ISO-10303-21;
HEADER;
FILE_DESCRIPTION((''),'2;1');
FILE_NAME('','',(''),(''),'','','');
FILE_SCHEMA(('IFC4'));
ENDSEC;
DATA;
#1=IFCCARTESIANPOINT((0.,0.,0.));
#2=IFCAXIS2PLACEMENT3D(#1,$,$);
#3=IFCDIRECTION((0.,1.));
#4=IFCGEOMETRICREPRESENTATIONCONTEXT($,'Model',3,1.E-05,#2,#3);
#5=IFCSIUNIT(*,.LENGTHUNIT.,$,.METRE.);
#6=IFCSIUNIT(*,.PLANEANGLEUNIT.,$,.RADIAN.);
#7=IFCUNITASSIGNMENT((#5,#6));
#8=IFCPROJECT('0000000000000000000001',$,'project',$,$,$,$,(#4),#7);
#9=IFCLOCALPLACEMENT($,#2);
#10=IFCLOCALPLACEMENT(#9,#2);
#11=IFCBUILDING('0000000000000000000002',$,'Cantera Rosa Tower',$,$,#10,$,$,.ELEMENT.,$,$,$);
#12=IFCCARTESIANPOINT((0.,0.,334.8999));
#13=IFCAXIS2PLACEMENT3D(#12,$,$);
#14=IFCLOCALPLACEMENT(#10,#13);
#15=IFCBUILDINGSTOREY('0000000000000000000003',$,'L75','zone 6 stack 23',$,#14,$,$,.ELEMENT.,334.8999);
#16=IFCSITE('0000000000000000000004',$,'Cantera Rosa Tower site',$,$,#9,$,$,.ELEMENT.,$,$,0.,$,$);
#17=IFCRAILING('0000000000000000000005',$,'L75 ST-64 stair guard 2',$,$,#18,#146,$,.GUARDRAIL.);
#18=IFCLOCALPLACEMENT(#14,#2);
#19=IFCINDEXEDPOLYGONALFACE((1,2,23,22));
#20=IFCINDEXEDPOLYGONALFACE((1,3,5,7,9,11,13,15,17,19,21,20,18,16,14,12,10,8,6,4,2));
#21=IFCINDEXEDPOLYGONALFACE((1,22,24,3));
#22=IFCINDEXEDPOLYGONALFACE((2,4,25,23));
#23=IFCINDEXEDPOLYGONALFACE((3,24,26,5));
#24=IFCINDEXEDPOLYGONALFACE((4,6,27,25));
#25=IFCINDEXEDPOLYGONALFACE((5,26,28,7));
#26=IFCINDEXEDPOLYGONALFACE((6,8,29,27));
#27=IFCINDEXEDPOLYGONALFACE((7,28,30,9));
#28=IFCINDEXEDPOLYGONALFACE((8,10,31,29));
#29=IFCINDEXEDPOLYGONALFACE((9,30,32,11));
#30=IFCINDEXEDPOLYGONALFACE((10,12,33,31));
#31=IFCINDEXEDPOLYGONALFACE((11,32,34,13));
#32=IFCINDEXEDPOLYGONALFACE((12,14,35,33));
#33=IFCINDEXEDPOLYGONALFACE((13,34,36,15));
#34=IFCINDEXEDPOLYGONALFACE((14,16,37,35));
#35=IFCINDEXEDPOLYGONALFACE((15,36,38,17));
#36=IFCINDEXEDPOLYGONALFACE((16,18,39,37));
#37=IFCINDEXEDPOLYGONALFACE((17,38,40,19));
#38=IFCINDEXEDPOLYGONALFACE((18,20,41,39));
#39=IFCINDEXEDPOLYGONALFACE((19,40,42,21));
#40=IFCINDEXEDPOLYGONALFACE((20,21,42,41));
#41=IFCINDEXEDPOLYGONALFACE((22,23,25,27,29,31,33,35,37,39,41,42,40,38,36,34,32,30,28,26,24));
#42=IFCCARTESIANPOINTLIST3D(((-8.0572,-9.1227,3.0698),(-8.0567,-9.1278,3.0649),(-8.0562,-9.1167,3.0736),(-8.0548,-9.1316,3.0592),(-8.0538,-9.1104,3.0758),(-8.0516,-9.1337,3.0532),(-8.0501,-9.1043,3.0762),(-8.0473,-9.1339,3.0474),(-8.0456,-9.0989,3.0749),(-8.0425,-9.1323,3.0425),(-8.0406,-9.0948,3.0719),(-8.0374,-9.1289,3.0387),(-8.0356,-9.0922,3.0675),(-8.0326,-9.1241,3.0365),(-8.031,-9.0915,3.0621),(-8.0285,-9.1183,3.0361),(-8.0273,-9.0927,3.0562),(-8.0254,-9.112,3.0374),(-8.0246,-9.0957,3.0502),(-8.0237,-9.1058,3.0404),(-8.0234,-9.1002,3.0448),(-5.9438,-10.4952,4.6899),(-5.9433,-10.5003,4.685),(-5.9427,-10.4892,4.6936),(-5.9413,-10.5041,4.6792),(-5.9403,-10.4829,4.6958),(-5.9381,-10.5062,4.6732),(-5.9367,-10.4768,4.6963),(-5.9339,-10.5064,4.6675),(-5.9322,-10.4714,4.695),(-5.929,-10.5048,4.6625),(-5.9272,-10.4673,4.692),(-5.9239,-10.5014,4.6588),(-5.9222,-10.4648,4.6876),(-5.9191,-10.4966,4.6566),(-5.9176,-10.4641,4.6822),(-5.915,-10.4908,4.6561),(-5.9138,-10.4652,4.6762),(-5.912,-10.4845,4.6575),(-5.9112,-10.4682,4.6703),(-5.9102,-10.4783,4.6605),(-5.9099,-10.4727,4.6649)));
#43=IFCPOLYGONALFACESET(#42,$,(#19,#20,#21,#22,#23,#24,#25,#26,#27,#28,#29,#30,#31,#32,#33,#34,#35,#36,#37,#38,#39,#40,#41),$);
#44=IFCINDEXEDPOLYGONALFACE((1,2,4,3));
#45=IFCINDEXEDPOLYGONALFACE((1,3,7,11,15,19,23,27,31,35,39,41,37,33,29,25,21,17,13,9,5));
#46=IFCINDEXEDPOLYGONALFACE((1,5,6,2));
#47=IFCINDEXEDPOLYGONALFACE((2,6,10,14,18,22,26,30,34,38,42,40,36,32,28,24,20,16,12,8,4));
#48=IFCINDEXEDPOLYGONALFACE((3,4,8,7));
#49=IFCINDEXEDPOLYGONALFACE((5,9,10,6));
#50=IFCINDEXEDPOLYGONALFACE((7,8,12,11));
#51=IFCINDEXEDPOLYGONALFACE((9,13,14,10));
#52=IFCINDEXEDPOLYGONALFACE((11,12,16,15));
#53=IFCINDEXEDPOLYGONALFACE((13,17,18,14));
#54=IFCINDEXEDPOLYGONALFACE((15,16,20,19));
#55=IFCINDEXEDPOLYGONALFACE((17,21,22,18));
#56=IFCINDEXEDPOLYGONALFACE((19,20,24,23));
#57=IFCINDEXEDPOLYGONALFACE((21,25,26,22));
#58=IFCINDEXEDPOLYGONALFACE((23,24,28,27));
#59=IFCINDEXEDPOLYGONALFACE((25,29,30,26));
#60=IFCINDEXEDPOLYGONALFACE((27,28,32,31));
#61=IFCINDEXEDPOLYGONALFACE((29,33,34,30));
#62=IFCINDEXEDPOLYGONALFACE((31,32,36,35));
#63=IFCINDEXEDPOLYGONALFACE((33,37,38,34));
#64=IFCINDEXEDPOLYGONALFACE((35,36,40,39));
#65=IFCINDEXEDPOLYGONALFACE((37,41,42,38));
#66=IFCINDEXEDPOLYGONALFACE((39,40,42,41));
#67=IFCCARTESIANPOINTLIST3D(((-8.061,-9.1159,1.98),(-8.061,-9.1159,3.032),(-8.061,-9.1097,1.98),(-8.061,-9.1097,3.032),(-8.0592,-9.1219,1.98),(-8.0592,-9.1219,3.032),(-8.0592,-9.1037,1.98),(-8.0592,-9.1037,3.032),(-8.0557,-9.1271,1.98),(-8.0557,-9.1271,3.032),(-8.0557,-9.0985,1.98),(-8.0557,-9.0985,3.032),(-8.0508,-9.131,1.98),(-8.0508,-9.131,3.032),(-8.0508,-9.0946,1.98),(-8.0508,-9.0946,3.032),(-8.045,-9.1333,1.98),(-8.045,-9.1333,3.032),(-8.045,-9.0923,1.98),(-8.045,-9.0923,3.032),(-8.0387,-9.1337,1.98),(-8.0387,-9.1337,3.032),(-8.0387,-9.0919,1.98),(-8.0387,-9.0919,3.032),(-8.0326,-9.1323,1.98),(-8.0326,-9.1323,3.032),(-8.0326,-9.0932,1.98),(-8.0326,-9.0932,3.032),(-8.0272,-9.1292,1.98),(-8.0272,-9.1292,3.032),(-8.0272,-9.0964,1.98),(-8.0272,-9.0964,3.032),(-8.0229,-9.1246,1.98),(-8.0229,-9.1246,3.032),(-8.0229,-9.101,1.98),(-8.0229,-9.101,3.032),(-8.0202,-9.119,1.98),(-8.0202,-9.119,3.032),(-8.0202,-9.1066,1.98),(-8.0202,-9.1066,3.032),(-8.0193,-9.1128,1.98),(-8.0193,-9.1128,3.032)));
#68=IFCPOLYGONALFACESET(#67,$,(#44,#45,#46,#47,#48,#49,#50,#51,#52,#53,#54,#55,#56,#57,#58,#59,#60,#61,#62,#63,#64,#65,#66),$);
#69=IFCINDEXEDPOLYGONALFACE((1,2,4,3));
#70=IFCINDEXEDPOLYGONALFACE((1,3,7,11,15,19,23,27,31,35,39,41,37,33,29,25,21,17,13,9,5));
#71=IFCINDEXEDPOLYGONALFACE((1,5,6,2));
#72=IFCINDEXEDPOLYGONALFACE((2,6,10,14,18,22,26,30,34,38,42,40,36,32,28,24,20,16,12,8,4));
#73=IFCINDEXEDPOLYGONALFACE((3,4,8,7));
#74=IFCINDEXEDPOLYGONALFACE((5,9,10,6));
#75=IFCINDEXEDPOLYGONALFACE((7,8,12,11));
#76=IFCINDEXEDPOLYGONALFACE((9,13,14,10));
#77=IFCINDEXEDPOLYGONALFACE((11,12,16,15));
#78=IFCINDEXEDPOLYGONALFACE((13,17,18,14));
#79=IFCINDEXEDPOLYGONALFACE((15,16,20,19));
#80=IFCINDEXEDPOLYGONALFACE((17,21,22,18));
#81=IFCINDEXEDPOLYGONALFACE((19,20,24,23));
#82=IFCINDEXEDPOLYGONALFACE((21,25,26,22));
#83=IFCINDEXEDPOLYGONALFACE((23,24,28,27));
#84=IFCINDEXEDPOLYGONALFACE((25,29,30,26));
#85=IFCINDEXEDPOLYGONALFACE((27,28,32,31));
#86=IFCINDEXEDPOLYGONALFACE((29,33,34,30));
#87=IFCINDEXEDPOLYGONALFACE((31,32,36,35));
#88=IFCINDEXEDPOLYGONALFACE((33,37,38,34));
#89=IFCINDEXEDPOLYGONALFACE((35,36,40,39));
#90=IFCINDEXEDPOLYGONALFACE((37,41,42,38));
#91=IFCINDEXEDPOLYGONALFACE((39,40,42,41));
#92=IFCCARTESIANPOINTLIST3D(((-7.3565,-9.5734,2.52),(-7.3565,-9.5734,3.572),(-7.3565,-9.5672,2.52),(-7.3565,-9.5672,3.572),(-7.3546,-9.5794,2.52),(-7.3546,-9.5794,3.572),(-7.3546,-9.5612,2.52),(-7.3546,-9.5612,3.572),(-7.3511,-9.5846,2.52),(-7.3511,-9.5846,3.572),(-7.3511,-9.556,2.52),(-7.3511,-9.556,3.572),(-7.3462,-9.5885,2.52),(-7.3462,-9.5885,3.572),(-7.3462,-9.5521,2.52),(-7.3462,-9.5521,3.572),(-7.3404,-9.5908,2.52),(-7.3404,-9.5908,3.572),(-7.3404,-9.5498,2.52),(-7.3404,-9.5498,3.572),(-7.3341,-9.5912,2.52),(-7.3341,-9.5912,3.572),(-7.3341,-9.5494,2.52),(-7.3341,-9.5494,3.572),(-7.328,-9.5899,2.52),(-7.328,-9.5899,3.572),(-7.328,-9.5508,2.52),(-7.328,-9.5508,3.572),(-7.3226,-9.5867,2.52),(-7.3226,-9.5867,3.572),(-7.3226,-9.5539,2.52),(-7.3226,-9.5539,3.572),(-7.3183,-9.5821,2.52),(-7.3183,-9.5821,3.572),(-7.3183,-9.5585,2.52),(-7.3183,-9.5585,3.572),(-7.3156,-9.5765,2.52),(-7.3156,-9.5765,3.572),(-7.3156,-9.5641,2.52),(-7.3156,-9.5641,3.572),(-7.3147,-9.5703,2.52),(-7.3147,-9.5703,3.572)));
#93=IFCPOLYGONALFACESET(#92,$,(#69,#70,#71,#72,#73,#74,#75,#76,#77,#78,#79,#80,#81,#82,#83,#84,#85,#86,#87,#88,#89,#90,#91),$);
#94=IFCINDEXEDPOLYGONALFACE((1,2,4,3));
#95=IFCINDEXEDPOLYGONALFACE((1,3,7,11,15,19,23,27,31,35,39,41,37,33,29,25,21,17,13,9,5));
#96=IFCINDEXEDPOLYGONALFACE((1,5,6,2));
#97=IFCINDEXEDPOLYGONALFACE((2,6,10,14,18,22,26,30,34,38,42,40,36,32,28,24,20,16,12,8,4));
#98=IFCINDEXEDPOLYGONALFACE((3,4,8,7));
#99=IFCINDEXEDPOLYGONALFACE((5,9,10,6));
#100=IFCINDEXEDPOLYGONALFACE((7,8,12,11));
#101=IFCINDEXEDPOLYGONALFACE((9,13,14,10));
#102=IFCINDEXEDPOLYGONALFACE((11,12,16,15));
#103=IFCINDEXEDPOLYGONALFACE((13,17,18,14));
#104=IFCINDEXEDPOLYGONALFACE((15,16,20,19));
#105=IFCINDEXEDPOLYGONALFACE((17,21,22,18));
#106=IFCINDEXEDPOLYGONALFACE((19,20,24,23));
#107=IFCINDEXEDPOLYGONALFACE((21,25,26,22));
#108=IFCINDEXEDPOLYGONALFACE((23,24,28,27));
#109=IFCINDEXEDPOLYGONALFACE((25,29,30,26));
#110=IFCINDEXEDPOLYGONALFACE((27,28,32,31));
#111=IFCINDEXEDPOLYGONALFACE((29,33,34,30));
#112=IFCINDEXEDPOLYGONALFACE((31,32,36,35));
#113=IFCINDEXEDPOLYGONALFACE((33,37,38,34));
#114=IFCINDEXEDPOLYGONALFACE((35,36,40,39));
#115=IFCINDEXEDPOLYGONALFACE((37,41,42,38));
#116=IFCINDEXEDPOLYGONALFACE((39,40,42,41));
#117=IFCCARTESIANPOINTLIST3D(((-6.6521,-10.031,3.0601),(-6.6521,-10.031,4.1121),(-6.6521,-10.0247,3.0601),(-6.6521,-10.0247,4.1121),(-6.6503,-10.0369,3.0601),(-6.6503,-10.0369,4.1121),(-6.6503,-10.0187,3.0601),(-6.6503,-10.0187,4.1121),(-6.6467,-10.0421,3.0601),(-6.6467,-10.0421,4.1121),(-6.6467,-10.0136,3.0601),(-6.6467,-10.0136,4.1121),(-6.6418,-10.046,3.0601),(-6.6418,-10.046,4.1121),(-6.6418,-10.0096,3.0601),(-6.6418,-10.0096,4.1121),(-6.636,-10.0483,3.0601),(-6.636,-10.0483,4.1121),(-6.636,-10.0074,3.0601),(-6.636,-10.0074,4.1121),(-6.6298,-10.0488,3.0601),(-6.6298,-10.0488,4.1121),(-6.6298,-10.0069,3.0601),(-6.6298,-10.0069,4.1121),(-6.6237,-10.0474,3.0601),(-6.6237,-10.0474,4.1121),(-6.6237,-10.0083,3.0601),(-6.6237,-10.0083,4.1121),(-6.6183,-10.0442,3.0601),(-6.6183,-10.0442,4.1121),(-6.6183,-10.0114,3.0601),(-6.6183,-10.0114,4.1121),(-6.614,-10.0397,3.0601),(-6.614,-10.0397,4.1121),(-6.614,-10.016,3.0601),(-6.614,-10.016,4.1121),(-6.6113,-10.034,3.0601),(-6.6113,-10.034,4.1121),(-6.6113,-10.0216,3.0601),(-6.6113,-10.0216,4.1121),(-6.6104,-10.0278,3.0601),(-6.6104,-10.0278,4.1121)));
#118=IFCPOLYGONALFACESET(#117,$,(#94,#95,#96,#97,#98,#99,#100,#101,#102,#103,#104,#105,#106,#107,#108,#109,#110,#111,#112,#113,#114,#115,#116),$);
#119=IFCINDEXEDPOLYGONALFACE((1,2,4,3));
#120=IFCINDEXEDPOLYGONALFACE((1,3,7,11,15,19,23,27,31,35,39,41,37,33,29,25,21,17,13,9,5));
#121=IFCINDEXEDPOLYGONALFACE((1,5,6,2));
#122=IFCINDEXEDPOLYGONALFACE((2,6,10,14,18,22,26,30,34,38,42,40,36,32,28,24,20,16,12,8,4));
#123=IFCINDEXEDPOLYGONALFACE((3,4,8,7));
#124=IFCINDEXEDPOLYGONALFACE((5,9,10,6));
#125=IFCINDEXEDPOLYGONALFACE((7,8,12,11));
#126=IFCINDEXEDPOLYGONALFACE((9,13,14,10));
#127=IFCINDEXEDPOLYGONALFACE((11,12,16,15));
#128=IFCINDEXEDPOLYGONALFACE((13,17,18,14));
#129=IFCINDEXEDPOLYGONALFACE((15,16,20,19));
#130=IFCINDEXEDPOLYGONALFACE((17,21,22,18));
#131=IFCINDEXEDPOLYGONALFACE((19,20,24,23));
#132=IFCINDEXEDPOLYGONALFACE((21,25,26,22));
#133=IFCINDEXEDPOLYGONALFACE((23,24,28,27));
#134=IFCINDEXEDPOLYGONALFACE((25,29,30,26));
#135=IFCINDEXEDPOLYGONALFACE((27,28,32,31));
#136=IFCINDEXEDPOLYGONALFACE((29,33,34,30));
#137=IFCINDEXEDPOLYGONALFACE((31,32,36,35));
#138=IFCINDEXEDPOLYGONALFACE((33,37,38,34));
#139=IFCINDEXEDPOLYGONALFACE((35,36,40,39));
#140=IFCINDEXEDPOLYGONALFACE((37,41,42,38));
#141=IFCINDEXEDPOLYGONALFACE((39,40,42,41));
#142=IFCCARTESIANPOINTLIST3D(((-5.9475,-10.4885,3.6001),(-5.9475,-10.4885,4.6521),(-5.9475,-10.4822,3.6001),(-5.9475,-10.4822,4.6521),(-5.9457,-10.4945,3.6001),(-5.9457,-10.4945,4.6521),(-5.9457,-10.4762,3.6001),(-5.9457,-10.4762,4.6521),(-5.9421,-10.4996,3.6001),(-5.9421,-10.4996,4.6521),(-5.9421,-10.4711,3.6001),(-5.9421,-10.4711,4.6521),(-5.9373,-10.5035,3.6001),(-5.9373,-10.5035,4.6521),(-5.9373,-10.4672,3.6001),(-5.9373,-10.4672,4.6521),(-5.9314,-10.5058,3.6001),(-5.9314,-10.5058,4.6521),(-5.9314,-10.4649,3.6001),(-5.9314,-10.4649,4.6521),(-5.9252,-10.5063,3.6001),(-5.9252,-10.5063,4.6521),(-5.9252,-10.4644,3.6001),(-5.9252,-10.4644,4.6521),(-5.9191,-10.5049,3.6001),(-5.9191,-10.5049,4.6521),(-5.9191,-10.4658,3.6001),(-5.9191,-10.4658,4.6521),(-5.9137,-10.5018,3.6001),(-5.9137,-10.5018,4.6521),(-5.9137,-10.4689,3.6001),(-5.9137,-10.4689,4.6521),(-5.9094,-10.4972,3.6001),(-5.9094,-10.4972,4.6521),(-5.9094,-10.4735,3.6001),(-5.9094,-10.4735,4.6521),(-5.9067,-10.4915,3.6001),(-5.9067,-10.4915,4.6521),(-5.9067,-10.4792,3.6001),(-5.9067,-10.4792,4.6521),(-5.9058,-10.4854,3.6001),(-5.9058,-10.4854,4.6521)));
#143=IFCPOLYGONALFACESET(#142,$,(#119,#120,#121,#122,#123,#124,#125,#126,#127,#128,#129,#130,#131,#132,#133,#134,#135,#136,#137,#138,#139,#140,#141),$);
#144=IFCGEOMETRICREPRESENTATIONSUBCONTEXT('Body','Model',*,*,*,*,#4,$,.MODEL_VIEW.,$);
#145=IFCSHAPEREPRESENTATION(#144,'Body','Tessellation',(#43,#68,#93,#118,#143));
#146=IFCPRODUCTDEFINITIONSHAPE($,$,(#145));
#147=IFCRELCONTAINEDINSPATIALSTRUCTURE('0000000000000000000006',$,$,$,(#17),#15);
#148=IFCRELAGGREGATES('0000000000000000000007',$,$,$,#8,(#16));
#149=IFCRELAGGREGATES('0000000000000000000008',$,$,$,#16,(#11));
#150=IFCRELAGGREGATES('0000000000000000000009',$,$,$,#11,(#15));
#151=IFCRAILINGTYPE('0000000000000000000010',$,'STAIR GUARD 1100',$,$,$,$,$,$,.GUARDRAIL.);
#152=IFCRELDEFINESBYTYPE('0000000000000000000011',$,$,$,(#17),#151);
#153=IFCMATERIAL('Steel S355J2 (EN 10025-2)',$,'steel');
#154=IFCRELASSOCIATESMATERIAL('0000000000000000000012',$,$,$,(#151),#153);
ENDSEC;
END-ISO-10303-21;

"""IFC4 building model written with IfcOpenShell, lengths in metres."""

from ifc_helpers import new_model, si_unit, direction, frame, origin, origin_2d, place, context, subcontext, project, spatial, circle, extrude, material, type_object, element, save


model = new_model("IFC4")

# Units and contexts
model_context = context("Model", 3, precision=1e-05, world=origin(), true_north=direction((0.0, 1.0)))
body_context = subcontext(model_context, "Body", "Model", "MODEL_VIEW")
ifc_project = project(units=[si_unit("LENGTHUNIT", "METRE"), si_unit("PLANEANGLEUNIT", "RADIAN")], contexts=[model_context])

# Site, building, storey
site_placement = place(None, origin())
site = spatial("IfcSite", under=ifc_project, at=site_placement, Name="Cantera Rosa Tower site", CompositionType="ELEMENT", RefElevation=0.0)
building_placement = place(site_placement, origin())
building = spatial("IfcBuilding", under=site, at=building_placement, Name="Cantera Rosa Tower", CompositionType="ELEMENT")
storey_placement = place(building_placement, frame((0.0, 0.0, 334.8999)))
storey = spatial("IfcBuildingStorey", under=building, at=storey_placement, Name="L75", Description="zone 6 stack 23", CompositionType="ELEMENT", Elevation=334.8999)

# Railing
ifc_material_1 = material(Name="Steel S355J2 (EN 10025-2)", Category="steel")
railing_type_1 = type_object("IfcRailingType", Name="STAIR GUARD 1100", PredefinedType="GUARDRAIL", material=ifc_material_1)
railing_1_placement = place(storey_placement, frame((-8.0403, -9.1128, 1.98)))
element("IfcRailing", 1, at=railing_1_placement, inside=storey, type_object=railing_type_1, Name="L75 ST-64 stair guard 2", PredefinedType="GUARDRAIL", context=body_context, shape_type="SweptSolid", body=[
    extrude(circle(Radius=0.0239, at=origin_2d()), frame((0.0, 0.0, 1.0762), z_axis=(0.705462, -0.458139, 0.54077), x_axis=(0.544644, 0.838667, 0.0)), (0.0, 0.0, 1.0), 2.9958),
    extrude(circle(Radius=0.021, at=origin_2d()), origin(), (0.0, 0.0, 1.0), 1.052),
    extrude(circle(Radius=0.021, at=origin_2d()), frame((0.7046, -0.4575, 0.54)), (0.0, 0.0, 1.0), 1.052),
    extrude(circle(Radius=0.021, at=origin_2d()), frame((1.4089, -0.915, 1.0801)), (0.0, 0.0, 1.0), 1.052),
    extrude(circle(Radius=0.021, at=origin_2d()), frame((2.1135, -1.3726, 1.6201)), (0.0, 0.0, 1.0), 1.052),
])

save(model, "model.ifc")
